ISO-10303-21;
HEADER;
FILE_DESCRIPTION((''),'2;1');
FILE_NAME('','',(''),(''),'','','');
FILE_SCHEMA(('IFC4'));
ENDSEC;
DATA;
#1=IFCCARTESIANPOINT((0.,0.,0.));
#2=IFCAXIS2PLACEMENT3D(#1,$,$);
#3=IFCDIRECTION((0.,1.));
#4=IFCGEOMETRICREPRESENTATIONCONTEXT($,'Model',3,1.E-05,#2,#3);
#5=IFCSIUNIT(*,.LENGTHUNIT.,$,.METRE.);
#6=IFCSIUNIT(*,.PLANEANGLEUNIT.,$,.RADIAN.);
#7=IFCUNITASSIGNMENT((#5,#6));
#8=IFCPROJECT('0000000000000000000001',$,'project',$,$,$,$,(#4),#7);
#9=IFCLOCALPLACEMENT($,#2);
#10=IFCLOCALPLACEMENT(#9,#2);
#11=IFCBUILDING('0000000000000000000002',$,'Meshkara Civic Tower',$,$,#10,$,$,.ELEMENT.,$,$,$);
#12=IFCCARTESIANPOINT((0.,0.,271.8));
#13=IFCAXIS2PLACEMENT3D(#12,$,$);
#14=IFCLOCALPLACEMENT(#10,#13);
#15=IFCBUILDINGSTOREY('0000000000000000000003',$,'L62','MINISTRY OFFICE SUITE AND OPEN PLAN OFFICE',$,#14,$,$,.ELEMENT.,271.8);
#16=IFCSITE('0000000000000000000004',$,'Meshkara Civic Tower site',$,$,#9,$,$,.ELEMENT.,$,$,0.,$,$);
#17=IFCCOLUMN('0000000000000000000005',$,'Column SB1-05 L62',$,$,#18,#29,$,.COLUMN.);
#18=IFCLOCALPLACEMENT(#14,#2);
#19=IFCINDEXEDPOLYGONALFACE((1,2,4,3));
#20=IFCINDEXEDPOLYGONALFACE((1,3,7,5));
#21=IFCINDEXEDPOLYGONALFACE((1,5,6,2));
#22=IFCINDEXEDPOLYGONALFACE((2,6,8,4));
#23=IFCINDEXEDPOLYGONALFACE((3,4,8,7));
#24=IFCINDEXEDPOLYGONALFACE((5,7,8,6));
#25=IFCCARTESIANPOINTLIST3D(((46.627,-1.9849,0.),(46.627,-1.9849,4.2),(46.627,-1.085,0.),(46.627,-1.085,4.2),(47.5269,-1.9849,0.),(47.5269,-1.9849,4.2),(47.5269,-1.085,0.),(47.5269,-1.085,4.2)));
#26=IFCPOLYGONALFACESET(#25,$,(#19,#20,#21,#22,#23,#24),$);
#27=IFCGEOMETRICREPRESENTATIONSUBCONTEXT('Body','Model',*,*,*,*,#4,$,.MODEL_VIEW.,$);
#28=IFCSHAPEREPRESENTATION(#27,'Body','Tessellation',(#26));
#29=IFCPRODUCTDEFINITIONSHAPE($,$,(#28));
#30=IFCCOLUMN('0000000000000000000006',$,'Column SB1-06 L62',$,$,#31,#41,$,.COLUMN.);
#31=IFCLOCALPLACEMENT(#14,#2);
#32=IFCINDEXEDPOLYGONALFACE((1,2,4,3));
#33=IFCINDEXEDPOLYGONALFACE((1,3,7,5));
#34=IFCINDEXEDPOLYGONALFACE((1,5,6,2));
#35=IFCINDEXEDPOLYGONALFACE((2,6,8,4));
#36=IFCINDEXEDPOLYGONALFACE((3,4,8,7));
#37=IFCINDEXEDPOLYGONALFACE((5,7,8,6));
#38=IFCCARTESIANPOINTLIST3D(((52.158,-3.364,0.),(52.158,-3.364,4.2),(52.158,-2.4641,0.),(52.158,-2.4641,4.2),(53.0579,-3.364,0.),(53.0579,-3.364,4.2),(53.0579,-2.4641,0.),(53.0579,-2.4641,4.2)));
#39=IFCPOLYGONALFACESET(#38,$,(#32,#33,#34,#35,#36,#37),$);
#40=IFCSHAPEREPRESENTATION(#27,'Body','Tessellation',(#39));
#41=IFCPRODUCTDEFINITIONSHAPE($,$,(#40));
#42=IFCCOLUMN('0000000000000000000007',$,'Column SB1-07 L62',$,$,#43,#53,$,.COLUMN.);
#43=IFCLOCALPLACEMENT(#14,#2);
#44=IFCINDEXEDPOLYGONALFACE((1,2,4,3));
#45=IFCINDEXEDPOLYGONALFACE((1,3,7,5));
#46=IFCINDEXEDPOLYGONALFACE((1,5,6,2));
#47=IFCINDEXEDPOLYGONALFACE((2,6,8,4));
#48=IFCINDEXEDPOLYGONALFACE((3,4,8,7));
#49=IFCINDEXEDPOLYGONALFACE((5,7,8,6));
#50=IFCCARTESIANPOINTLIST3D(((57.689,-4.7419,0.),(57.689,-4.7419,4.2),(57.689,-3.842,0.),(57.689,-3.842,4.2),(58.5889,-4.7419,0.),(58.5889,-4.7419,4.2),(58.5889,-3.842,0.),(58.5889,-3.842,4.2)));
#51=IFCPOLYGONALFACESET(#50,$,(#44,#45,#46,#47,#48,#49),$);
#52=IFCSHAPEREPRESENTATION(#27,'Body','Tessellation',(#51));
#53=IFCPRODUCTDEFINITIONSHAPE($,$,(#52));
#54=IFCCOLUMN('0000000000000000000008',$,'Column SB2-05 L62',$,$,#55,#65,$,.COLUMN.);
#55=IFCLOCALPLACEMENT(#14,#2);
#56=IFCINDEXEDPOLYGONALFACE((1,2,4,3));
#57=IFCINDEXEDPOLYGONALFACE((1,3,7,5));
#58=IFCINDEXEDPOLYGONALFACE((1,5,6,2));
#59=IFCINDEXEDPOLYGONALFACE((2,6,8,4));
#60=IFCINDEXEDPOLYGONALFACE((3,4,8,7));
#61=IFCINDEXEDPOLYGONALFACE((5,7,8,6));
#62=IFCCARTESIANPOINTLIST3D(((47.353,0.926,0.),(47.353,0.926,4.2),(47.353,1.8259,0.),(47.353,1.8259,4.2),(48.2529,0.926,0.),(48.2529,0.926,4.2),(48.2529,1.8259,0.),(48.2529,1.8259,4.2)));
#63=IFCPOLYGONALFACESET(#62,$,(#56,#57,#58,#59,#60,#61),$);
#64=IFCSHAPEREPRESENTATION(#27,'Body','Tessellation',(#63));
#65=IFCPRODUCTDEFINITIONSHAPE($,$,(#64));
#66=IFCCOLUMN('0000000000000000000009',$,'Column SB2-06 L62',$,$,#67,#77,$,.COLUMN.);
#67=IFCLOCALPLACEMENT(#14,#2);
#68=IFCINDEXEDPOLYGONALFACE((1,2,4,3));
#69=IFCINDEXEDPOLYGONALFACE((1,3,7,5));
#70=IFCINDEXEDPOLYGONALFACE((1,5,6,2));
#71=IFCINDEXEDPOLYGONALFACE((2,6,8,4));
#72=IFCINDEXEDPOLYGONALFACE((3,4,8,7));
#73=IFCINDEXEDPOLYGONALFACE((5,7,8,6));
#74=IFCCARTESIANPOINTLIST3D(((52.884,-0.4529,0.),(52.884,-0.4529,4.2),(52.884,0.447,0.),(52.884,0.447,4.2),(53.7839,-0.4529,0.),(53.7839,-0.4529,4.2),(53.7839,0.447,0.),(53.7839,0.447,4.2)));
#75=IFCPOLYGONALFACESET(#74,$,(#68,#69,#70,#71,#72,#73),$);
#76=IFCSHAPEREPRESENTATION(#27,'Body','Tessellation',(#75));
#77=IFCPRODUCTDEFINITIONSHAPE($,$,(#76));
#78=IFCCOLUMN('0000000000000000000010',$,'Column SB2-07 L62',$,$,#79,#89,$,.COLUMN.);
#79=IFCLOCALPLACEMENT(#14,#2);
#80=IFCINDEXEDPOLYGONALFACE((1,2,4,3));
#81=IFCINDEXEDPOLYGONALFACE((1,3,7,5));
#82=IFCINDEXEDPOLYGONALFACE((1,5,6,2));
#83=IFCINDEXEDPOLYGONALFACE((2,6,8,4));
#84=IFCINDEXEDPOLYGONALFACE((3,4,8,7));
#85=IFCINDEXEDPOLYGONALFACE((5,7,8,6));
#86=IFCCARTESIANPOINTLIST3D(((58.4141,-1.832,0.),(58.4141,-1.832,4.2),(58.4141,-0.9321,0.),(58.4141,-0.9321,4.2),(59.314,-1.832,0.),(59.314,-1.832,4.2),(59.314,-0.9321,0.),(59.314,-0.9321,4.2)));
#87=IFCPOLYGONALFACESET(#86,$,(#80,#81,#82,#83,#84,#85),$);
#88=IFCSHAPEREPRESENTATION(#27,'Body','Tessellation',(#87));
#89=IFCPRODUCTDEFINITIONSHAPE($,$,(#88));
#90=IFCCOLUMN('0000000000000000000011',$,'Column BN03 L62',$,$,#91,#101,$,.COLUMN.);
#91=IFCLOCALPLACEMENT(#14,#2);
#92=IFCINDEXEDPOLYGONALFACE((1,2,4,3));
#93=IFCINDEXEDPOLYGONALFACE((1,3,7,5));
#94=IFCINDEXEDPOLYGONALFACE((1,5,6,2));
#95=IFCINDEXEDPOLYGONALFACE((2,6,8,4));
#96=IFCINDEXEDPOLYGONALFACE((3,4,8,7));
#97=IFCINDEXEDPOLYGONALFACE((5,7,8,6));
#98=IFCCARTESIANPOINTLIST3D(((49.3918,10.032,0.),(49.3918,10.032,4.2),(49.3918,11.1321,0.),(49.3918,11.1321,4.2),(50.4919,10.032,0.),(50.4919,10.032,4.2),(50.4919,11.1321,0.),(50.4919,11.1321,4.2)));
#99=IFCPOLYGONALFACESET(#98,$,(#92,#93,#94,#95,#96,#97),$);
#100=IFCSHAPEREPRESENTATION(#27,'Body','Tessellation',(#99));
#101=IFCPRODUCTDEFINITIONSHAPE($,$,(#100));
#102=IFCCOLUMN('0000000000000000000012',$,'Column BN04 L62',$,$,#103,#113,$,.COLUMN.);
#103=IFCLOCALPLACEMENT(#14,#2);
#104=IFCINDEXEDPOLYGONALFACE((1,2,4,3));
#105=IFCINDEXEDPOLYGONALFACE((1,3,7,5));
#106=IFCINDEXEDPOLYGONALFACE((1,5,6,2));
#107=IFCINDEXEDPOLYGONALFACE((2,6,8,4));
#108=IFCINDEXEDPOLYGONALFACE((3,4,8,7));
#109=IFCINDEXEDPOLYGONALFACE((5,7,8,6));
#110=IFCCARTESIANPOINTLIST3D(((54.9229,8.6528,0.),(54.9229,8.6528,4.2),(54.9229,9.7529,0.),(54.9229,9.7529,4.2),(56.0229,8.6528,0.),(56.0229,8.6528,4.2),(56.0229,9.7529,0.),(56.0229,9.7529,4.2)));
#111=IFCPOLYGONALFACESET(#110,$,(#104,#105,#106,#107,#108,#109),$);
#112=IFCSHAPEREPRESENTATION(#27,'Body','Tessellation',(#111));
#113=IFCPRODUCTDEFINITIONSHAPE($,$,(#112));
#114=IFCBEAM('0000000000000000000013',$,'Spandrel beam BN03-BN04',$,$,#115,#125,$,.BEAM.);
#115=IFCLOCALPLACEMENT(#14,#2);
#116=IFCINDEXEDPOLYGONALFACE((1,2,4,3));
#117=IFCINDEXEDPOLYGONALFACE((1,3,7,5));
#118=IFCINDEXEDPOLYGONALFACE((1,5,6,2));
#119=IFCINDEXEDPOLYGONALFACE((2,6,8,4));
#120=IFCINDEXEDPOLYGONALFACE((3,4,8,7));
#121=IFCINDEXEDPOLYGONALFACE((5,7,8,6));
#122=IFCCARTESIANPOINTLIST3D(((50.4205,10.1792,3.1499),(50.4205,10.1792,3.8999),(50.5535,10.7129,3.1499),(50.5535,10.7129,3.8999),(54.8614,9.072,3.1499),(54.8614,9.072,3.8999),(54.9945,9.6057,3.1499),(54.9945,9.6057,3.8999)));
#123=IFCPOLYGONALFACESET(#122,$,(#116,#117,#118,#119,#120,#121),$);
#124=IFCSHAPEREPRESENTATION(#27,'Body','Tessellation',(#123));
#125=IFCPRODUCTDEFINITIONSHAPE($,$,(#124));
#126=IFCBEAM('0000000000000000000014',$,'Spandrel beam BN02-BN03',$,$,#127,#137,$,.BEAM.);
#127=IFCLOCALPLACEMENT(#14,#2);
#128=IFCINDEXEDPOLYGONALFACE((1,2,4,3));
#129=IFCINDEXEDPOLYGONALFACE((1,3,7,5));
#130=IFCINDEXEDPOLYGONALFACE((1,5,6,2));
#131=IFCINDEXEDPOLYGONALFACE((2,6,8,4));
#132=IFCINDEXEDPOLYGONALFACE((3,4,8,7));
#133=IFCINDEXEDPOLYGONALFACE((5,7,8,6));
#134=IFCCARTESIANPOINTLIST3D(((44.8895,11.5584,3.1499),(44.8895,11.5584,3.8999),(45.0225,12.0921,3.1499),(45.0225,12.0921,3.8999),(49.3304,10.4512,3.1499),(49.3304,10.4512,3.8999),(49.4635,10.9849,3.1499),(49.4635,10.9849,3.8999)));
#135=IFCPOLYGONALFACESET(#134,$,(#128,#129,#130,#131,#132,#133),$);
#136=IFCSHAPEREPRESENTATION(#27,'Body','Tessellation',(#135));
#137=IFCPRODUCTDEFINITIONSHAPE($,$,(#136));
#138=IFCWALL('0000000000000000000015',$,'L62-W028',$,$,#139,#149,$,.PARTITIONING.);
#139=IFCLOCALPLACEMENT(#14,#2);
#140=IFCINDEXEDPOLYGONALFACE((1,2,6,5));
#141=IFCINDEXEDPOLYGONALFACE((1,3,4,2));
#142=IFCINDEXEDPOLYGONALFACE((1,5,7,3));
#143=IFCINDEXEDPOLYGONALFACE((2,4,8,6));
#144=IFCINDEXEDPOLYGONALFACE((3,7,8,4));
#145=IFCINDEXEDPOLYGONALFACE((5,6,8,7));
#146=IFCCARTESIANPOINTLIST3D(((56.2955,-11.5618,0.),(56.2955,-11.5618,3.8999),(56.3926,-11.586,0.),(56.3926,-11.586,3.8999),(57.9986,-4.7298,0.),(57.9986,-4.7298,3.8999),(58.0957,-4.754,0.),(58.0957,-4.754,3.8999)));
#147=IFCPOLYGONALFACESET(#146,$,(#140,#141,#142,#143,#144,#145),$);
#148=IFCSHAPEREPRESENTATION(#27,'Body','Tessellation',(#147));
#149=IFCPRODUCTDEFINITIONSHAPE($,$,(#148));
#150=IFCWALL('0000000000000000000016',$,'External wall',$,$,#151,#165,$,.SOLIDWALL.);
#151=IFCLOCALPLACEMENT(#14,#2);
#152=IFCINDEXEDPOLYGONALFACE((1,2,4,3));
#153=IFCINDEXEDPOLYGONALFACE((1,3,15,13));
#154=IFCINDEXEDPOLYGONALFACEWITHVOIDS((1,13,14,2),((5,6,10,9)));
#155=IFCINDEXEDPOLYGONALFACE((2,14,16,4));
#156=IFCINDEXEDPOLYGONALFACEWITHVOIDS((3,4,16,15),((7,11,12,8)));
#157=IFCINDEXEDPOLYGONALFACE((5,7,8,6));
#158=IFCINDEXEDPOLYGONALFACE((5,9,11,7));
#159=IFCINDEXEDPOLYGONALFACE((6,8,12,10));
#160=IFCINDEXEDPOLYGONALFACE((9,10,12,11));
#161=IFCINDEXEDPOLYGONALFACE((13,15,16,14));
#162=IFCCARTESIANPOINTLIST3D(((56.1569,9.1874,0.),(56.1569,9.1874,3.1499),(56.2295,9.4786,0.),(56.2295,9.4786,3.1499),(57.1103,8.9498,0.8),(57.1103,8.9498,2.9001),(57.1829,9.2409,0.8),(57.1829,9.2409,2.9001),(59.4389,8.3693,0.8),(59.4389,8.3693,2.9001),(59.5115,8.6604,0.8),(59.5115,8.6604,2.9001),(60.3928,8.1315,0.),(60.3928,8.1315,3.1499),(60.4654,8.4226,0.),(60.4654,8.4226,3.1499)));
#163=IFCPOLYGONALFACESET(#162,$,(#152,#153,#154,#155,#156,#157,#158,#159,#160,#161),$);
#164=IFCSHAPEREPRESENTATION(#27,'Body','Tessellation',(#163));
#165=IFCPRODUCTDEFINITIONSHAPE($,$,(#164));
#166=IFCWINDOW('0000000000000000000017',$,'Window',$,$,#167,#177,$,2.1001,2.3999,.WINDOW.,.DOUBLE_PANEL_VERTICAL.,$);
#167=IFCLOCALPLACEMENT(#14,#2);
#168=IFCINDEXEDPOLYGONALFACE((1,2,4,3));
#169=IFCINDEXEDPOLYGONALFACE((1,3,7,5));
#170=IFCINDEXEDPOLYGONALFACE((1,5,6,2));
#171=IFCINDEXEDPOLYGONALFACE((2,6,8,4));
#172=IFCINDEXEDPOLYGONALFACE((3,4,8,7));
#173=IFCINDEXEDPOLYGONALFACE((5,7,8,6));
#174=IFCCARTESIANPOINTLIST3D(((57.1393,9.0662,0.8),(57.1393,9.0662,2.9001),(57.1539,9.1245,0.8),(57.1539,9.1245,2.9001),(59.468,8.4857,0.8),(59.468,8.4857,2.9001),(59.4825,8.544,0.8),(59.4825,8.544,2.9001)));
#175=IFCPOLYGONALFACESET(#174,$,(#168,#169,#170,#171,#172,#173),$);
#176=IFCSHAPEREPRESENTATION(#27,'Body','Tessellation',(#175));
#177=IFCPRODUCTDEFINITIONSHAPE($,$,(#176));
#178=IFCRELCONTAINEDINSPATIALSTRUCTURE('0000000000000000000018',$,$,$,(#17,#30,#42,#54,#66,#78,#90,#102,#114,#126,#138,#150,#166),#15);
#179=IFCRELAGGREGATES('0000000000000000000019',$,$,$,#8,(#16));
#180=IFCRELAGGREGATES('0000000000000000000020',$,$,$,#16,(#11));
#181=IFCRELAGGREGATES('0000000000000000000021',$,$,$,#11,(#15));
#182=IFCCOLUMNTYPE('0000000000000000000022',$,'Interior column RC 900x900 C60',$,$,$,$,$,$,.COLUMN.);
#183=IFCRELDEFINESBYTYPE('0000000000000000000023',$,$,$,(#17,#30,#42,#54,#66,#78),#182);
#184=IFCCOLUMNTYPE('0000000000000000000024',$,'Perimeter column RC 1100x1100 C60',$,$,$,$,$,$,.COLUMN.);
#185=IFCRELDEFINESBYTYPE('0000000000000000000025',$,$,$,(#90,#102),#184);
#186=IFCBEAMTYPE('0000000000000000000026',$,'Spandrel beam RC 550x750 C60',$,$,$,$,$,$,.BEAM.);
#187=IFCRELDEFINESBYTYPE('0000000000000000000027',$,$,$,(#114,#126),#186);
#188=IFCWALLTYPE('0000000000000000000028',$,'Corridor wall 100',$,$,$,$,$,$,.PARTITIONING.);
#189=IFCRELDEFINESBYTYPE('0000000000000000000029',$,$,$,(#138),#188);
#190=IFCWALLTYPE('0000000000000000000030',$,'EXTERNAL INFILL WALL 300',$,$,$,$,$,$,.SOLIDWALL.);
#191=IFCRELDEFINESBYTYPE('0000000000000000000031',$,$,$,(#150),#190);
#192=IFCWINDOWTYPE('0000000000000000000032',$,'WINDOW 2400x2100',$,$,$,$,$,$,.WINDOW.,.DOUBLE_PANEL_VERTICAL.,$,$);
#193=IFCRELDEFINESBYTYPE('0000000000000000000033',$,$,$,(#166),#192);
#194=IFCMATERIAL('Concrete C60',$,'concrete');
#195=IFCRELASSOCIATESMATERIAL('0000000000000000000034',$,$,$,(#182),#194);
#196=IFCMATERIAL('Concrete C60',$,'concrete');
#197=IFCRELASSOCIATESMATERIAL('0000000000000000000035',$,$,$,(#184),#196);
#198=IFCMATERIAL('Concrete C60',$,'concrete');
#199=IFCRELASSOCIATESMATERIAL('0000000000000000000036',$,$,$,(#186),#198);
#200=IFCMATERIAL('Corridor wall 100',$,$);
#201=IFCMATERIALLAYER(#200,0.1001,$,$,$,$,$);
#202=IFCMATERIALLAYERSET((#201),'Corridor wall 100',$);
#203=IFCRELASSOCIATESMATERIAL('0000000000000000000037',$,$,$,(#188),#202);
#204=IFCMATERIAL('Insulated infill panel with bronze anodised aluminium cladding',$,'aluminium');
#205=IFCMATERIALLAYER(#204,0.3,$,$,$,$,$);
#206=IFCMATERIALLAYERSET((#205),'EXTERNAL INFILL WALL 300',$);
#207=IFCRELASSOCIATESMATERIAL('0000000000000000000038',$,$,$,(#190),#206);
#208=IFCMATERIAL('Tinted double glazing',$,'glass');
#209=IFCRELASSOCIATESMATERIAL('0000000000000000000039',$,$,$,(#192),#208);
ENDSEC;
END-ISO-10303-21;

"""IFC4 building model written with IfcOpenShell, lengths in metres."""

from ifc_helpers import new_model, si_unit, direction, frame, frame_2d, origin, origin_2d, place, context, subcontext, project, spatial, rectangle, extrude, material, layer, layer_set, material_profile, profile_set, type_object, element, fill, save


model = new_model("IFC4")

# Units and contexts
model_context = context("Model", 3, precision=1e-05, world=origin(), true_north=direction((0.0, 1.0)))
body_context = subcontext(model_context, "Body", "Model", "MODEL_VIEW")
ifc_project = project(units=[si_unit("LENGTHUNIT", "METRE"), si_unit("PLANEANGLEUNIT", "RADIAN")], contexts=[model_context])

# Site, building, storey
site_placement = place(None, origin())
site = spatial("IfcSite", under=ifc_project, at=site_placement, Name="Meshkara Civic Tower site", CompositionType="ELEMENT", RefElevation=0.0)
building_placement = place(site_placement, origin())
building = spatial("IfcBuilding", under=site, at=building_placement, Name="Meshkara Civic Tower", CompositionType="ELEMENT")
storey_placement = place(building_placement, frame((0.0, 0.0, 271.8)))
storey = spatial("IfcBuildingStorey", under=building, at=storey_placement, Name="L62", Description="MINISTRY OFFICE SUITE AND OPEN PLAN OFFICE", CompositionType="ELEMENT", Elevation=271.8)

# Columns
ifc_material_1 = material(Name="Concrete C60", Category="concrete")
ifc_material_profile_1 = material_profile(ifc_material_1, rectangle(XDim=0.8999, YDim=0.8999, at=origin_2d()))
ifc_profile_set_1 = profile_set([ifc_material_profile_1], Name="Concrete C60")
column_type_1 = type_object("IfcColumnType", Name="Interior column RC 900x900 C60", PredefinedType="COLUMN", material=ifc_profile_set_1)
for number, where, z_axis, x_axis, name in (
    (1, (47.0769, -1.5349, 0.0), (0.0, 0.0, 1.0), (1.0, 0.0, 0.0), "Column SB1-05 L62"),
    (2, (52.6079, -2.9141, 0.0), (0.0, 0.0, 1.0), (1.0, 0.0, 0.0), "Column SB1-06 L62"),
    (3, (58.1389, -4.292, 0.0), (0.0, 0.0, 1.0), (1.0, 0.0, 0.0), "Column SB1-07 L62"),
    (4, (47.803, 1.376, 0.0), (0.0, 0.0, 1.0), (1.0, 0.0, 0.0), "Column SB2-05 L62"),
    (5, (53.334, -0.0029, 0.0), (0.0, 0.0, 1.0), (1.0, 0.0, 0.0), "Column SB2-06 L62"),
    (6, (58.864, -1.3821, 0.0), (0.0, 0.0, 1.0), (1.0, 0.0, 0.0), "Column SB2-07 L62"),
):
    element("IfcColumn", number, at=place(storey_placement, frame(where, z_axis=z_axis, x_axis=x_axis)), inside=storey, type_object=column_type_1, Name=name, PredefinedType="COLUMN", context=body_context, shape_type="SweptSolid", body=[
        extrude(rectangle(XDim=0.8999, YDim=0.8999, at=origin_2d()), origin(), (0.0, 0.0, 1.0), 4.2),
    ])
ifc_material_2 = material(Name="Concrete C60", Category="concrete")
ifc_material_profile_2 = material_profile(ifc_material_2, rectangle(XDim=1.1001, YDim=1.1001, at=origin_2d()))
ifc_profile_set_2 = profile_set([ifc_material_profile_2], Name="Concrete C60")
column_type_2 = type_object("IfcColumnType", Name="Perimeter column RC 1100x1100 C60", PredefinedType="COLUMN", material=ifc_profile_set_2)
for number, where, z_axis, x_axis, name in (
    (7, (49.9419, 10.582, 0.0), (0.0, 0.0, 1.0), (1.0, 0.0, 0.0), "Column BN03 L62"),
    (8, (55.4729, 9.2029, 0.0), (0.0, 0.0, 1.0), (1.0, 0.0, 0.0), "Column BN04 L62"),
):
    element("IfcColumn", number, at=place(storey_placement, frame(where, z_axis=z_axis, x_axis=x_axis)), inside=storey, type_object=column_type_2, Name=name, PredefinedType="COLUMN", context=body_context, shape_type="SweptSolid", body=[
        extrude(rectangle(XDim=1.1001, YDim=1.1001, at=origin_2d()), origin(), (0.0, 0.0, 1.0), 4.2),
    ])

# Beams
ifc_material_3 = material(Name="Concrete C60", Category="concrete")
ifc_material_profile_3 = material_profile(ifc_material_3, rectangle(XDim=0.55, YDim=0.75, at=origin_2d()))
ifc_profile_set_3 = profile_set([ifc_material_profile_3], Name="Concrete C60")
beam_type = type_object("IfcBeamType", Name="Spandrel beam RC 550x750 C60", PredefinedType="BEAM", material=ifc_profile_set_3)
for number, where, z_axis, x_axis, name in (
    (9, (54.928, 9.3389, 3.5249), (-0.970299, 0.241908, 0.0), (-0.241908, -0.970299, 0.0), "Spandrel beam BN03-BN04"),
    (10, (49.397, 10.718, 3.5249), (-0.970299, 0.241908, 0.0), (-0.241908, -0.970299, 0.0), "Spandrel beam BN02-BN03"),
):
    element("IfcBeam", number, at=place(storey_placement, frame(where, z_axis=z_axis, x_axis=x_axis)), inside=storey, type_object=beam_type, Name=name, PredefinedType="BEAM", context=body_context, shape_type="SweptSolid", body=[
        extrude(rectangle(XDim=0.55, YDim=0.75, at=origin_2d()), origin(), (0.0, 0.0, 1.0), 4.5769),
    ])

# Wall
ifc_material_4 = material(Name="Corridor wall 100")
ifc_layer_1 = layer(ifc_material_4, 0.1001)
ifc_layer_set_1 = layer_set([ifc_layer_1], Name="Corridor wall 100")
wall_type_1 = type_object("IfcWallType", Name="Corridor wall 100", PredefinedType="PARTITIONING", material=ifc_layer_set_1)
wall_1_placement = place(storey_placement, frame((58.0471, -4.7419, 0.0), z_axis=(0.0, 0.0, 1.0), x_axis=(-0.241883, -0.970305, 0.0)))
element("IfcWall", 11, at=wall_1_placement, inside=storey, type_object=wall_type_1, Name="L62-W028", PredefinedType="PARTITIONING", context=body_context, shape_type="SweptSolid", body=[
    extrude(rectangle(XDim=7.041, YDim=0.1001, at=frame_2d((3.5205, 0.0))), origin(), (0.0, 0.0, 1.0), 3.8999),
])

# Wall, opening, window
ifc_material_5 = material(Name="Insulated infill panel with bronze anodised aluminium cladding", Category="aluminium")
ifc_layer_2 = layer(ifc_material_5, 0.3)
ifc_layer_set_2 = layer_set([ifc_layer_2], Name="EXTERNAL INFILL WALL 300")
wall_type_2 = type_object("IfcWallType", Name="EXTERNAL INFILL WALL 300", PredefinedType="SOLIDWALL", material=ifc_layer_set_2)
wall_2_placement = place(storey_placement, frame((60.429, 8.2771, 0.0), z_axis=(0.0, 0.0, 1.0), x_axis=(-0.970307, 0.241878, 0.0)))
wall_2 = element("IfcWall", 12, at=wall_2_placement, inside=storey, type_object=wall_type_2, Name="External wall", PredefinedType="SOLIDWALL", context=body_context, shape_type="SweptSolid", body=[
    extrude(rectangle(XDim=4.3655, YDim=0.3, at=frame_2d((2.1826, 0.0))), origin(), (0.0, 0.0, 1.0), 3.1499),
])
opening_1_placement = place(wall_2_placement, frame((0.9829, 0.0, 0.8)))
opening_1 = element("IfcOpeningElement", 13, at=opening_1_placement, cuts=wall_2, PredefinedType="OPENING", context=body_context, shape_type="SweptSolid", body=[
    extrude(rectangle(XDim=2.3999, YDim=2.1001, at=frame_2d((1.2, 1.05))), frame((0.0, 0.1599, 0.0), z_axis=(0.0, -1.0, 0.0), x_axis=(1.0, 0.0, 0.0)), (0.0, 0.0, 1.0), 0.3201),
])
ifc_material_6 = material(Name="Tinted double glazing", Category="glass")
window_type = type_object("IfcWindowType", Name="WINDOW 2400x2100", PartitioningType="DOUBLE_PANEL_VERTICAL", PredefinedType="WINDOW", material=ifc_material_6)
window_1_placement = place(opening_1_placement, origin())
window_1 = element("IfcWindow", 14, at=window_1_placement, inside=storey, type_object=window_type, Name="Window", OverallHeight=2.1001, OverallWidth=2.3999, PartitioningType="DOUBLE_PANEL_VERTICAL", PredefinedType="WINDOW", context=body_context, shape_type="SweptSolid", body=[
    extrude(rectangle(XDim=2.3999, YDim=2.1001, at=frame_2d((1.2, 1.05))), frame((0.0, 0.03, 0.0), z_axis=(0.0, -1.0, 0.0), x_axis=(1.0, 0.0, 0.0)), (0.0, 0.0, 1.0), 0.0601),
])
fill(opening_1, window_1)

save(model, "model.ifc")
